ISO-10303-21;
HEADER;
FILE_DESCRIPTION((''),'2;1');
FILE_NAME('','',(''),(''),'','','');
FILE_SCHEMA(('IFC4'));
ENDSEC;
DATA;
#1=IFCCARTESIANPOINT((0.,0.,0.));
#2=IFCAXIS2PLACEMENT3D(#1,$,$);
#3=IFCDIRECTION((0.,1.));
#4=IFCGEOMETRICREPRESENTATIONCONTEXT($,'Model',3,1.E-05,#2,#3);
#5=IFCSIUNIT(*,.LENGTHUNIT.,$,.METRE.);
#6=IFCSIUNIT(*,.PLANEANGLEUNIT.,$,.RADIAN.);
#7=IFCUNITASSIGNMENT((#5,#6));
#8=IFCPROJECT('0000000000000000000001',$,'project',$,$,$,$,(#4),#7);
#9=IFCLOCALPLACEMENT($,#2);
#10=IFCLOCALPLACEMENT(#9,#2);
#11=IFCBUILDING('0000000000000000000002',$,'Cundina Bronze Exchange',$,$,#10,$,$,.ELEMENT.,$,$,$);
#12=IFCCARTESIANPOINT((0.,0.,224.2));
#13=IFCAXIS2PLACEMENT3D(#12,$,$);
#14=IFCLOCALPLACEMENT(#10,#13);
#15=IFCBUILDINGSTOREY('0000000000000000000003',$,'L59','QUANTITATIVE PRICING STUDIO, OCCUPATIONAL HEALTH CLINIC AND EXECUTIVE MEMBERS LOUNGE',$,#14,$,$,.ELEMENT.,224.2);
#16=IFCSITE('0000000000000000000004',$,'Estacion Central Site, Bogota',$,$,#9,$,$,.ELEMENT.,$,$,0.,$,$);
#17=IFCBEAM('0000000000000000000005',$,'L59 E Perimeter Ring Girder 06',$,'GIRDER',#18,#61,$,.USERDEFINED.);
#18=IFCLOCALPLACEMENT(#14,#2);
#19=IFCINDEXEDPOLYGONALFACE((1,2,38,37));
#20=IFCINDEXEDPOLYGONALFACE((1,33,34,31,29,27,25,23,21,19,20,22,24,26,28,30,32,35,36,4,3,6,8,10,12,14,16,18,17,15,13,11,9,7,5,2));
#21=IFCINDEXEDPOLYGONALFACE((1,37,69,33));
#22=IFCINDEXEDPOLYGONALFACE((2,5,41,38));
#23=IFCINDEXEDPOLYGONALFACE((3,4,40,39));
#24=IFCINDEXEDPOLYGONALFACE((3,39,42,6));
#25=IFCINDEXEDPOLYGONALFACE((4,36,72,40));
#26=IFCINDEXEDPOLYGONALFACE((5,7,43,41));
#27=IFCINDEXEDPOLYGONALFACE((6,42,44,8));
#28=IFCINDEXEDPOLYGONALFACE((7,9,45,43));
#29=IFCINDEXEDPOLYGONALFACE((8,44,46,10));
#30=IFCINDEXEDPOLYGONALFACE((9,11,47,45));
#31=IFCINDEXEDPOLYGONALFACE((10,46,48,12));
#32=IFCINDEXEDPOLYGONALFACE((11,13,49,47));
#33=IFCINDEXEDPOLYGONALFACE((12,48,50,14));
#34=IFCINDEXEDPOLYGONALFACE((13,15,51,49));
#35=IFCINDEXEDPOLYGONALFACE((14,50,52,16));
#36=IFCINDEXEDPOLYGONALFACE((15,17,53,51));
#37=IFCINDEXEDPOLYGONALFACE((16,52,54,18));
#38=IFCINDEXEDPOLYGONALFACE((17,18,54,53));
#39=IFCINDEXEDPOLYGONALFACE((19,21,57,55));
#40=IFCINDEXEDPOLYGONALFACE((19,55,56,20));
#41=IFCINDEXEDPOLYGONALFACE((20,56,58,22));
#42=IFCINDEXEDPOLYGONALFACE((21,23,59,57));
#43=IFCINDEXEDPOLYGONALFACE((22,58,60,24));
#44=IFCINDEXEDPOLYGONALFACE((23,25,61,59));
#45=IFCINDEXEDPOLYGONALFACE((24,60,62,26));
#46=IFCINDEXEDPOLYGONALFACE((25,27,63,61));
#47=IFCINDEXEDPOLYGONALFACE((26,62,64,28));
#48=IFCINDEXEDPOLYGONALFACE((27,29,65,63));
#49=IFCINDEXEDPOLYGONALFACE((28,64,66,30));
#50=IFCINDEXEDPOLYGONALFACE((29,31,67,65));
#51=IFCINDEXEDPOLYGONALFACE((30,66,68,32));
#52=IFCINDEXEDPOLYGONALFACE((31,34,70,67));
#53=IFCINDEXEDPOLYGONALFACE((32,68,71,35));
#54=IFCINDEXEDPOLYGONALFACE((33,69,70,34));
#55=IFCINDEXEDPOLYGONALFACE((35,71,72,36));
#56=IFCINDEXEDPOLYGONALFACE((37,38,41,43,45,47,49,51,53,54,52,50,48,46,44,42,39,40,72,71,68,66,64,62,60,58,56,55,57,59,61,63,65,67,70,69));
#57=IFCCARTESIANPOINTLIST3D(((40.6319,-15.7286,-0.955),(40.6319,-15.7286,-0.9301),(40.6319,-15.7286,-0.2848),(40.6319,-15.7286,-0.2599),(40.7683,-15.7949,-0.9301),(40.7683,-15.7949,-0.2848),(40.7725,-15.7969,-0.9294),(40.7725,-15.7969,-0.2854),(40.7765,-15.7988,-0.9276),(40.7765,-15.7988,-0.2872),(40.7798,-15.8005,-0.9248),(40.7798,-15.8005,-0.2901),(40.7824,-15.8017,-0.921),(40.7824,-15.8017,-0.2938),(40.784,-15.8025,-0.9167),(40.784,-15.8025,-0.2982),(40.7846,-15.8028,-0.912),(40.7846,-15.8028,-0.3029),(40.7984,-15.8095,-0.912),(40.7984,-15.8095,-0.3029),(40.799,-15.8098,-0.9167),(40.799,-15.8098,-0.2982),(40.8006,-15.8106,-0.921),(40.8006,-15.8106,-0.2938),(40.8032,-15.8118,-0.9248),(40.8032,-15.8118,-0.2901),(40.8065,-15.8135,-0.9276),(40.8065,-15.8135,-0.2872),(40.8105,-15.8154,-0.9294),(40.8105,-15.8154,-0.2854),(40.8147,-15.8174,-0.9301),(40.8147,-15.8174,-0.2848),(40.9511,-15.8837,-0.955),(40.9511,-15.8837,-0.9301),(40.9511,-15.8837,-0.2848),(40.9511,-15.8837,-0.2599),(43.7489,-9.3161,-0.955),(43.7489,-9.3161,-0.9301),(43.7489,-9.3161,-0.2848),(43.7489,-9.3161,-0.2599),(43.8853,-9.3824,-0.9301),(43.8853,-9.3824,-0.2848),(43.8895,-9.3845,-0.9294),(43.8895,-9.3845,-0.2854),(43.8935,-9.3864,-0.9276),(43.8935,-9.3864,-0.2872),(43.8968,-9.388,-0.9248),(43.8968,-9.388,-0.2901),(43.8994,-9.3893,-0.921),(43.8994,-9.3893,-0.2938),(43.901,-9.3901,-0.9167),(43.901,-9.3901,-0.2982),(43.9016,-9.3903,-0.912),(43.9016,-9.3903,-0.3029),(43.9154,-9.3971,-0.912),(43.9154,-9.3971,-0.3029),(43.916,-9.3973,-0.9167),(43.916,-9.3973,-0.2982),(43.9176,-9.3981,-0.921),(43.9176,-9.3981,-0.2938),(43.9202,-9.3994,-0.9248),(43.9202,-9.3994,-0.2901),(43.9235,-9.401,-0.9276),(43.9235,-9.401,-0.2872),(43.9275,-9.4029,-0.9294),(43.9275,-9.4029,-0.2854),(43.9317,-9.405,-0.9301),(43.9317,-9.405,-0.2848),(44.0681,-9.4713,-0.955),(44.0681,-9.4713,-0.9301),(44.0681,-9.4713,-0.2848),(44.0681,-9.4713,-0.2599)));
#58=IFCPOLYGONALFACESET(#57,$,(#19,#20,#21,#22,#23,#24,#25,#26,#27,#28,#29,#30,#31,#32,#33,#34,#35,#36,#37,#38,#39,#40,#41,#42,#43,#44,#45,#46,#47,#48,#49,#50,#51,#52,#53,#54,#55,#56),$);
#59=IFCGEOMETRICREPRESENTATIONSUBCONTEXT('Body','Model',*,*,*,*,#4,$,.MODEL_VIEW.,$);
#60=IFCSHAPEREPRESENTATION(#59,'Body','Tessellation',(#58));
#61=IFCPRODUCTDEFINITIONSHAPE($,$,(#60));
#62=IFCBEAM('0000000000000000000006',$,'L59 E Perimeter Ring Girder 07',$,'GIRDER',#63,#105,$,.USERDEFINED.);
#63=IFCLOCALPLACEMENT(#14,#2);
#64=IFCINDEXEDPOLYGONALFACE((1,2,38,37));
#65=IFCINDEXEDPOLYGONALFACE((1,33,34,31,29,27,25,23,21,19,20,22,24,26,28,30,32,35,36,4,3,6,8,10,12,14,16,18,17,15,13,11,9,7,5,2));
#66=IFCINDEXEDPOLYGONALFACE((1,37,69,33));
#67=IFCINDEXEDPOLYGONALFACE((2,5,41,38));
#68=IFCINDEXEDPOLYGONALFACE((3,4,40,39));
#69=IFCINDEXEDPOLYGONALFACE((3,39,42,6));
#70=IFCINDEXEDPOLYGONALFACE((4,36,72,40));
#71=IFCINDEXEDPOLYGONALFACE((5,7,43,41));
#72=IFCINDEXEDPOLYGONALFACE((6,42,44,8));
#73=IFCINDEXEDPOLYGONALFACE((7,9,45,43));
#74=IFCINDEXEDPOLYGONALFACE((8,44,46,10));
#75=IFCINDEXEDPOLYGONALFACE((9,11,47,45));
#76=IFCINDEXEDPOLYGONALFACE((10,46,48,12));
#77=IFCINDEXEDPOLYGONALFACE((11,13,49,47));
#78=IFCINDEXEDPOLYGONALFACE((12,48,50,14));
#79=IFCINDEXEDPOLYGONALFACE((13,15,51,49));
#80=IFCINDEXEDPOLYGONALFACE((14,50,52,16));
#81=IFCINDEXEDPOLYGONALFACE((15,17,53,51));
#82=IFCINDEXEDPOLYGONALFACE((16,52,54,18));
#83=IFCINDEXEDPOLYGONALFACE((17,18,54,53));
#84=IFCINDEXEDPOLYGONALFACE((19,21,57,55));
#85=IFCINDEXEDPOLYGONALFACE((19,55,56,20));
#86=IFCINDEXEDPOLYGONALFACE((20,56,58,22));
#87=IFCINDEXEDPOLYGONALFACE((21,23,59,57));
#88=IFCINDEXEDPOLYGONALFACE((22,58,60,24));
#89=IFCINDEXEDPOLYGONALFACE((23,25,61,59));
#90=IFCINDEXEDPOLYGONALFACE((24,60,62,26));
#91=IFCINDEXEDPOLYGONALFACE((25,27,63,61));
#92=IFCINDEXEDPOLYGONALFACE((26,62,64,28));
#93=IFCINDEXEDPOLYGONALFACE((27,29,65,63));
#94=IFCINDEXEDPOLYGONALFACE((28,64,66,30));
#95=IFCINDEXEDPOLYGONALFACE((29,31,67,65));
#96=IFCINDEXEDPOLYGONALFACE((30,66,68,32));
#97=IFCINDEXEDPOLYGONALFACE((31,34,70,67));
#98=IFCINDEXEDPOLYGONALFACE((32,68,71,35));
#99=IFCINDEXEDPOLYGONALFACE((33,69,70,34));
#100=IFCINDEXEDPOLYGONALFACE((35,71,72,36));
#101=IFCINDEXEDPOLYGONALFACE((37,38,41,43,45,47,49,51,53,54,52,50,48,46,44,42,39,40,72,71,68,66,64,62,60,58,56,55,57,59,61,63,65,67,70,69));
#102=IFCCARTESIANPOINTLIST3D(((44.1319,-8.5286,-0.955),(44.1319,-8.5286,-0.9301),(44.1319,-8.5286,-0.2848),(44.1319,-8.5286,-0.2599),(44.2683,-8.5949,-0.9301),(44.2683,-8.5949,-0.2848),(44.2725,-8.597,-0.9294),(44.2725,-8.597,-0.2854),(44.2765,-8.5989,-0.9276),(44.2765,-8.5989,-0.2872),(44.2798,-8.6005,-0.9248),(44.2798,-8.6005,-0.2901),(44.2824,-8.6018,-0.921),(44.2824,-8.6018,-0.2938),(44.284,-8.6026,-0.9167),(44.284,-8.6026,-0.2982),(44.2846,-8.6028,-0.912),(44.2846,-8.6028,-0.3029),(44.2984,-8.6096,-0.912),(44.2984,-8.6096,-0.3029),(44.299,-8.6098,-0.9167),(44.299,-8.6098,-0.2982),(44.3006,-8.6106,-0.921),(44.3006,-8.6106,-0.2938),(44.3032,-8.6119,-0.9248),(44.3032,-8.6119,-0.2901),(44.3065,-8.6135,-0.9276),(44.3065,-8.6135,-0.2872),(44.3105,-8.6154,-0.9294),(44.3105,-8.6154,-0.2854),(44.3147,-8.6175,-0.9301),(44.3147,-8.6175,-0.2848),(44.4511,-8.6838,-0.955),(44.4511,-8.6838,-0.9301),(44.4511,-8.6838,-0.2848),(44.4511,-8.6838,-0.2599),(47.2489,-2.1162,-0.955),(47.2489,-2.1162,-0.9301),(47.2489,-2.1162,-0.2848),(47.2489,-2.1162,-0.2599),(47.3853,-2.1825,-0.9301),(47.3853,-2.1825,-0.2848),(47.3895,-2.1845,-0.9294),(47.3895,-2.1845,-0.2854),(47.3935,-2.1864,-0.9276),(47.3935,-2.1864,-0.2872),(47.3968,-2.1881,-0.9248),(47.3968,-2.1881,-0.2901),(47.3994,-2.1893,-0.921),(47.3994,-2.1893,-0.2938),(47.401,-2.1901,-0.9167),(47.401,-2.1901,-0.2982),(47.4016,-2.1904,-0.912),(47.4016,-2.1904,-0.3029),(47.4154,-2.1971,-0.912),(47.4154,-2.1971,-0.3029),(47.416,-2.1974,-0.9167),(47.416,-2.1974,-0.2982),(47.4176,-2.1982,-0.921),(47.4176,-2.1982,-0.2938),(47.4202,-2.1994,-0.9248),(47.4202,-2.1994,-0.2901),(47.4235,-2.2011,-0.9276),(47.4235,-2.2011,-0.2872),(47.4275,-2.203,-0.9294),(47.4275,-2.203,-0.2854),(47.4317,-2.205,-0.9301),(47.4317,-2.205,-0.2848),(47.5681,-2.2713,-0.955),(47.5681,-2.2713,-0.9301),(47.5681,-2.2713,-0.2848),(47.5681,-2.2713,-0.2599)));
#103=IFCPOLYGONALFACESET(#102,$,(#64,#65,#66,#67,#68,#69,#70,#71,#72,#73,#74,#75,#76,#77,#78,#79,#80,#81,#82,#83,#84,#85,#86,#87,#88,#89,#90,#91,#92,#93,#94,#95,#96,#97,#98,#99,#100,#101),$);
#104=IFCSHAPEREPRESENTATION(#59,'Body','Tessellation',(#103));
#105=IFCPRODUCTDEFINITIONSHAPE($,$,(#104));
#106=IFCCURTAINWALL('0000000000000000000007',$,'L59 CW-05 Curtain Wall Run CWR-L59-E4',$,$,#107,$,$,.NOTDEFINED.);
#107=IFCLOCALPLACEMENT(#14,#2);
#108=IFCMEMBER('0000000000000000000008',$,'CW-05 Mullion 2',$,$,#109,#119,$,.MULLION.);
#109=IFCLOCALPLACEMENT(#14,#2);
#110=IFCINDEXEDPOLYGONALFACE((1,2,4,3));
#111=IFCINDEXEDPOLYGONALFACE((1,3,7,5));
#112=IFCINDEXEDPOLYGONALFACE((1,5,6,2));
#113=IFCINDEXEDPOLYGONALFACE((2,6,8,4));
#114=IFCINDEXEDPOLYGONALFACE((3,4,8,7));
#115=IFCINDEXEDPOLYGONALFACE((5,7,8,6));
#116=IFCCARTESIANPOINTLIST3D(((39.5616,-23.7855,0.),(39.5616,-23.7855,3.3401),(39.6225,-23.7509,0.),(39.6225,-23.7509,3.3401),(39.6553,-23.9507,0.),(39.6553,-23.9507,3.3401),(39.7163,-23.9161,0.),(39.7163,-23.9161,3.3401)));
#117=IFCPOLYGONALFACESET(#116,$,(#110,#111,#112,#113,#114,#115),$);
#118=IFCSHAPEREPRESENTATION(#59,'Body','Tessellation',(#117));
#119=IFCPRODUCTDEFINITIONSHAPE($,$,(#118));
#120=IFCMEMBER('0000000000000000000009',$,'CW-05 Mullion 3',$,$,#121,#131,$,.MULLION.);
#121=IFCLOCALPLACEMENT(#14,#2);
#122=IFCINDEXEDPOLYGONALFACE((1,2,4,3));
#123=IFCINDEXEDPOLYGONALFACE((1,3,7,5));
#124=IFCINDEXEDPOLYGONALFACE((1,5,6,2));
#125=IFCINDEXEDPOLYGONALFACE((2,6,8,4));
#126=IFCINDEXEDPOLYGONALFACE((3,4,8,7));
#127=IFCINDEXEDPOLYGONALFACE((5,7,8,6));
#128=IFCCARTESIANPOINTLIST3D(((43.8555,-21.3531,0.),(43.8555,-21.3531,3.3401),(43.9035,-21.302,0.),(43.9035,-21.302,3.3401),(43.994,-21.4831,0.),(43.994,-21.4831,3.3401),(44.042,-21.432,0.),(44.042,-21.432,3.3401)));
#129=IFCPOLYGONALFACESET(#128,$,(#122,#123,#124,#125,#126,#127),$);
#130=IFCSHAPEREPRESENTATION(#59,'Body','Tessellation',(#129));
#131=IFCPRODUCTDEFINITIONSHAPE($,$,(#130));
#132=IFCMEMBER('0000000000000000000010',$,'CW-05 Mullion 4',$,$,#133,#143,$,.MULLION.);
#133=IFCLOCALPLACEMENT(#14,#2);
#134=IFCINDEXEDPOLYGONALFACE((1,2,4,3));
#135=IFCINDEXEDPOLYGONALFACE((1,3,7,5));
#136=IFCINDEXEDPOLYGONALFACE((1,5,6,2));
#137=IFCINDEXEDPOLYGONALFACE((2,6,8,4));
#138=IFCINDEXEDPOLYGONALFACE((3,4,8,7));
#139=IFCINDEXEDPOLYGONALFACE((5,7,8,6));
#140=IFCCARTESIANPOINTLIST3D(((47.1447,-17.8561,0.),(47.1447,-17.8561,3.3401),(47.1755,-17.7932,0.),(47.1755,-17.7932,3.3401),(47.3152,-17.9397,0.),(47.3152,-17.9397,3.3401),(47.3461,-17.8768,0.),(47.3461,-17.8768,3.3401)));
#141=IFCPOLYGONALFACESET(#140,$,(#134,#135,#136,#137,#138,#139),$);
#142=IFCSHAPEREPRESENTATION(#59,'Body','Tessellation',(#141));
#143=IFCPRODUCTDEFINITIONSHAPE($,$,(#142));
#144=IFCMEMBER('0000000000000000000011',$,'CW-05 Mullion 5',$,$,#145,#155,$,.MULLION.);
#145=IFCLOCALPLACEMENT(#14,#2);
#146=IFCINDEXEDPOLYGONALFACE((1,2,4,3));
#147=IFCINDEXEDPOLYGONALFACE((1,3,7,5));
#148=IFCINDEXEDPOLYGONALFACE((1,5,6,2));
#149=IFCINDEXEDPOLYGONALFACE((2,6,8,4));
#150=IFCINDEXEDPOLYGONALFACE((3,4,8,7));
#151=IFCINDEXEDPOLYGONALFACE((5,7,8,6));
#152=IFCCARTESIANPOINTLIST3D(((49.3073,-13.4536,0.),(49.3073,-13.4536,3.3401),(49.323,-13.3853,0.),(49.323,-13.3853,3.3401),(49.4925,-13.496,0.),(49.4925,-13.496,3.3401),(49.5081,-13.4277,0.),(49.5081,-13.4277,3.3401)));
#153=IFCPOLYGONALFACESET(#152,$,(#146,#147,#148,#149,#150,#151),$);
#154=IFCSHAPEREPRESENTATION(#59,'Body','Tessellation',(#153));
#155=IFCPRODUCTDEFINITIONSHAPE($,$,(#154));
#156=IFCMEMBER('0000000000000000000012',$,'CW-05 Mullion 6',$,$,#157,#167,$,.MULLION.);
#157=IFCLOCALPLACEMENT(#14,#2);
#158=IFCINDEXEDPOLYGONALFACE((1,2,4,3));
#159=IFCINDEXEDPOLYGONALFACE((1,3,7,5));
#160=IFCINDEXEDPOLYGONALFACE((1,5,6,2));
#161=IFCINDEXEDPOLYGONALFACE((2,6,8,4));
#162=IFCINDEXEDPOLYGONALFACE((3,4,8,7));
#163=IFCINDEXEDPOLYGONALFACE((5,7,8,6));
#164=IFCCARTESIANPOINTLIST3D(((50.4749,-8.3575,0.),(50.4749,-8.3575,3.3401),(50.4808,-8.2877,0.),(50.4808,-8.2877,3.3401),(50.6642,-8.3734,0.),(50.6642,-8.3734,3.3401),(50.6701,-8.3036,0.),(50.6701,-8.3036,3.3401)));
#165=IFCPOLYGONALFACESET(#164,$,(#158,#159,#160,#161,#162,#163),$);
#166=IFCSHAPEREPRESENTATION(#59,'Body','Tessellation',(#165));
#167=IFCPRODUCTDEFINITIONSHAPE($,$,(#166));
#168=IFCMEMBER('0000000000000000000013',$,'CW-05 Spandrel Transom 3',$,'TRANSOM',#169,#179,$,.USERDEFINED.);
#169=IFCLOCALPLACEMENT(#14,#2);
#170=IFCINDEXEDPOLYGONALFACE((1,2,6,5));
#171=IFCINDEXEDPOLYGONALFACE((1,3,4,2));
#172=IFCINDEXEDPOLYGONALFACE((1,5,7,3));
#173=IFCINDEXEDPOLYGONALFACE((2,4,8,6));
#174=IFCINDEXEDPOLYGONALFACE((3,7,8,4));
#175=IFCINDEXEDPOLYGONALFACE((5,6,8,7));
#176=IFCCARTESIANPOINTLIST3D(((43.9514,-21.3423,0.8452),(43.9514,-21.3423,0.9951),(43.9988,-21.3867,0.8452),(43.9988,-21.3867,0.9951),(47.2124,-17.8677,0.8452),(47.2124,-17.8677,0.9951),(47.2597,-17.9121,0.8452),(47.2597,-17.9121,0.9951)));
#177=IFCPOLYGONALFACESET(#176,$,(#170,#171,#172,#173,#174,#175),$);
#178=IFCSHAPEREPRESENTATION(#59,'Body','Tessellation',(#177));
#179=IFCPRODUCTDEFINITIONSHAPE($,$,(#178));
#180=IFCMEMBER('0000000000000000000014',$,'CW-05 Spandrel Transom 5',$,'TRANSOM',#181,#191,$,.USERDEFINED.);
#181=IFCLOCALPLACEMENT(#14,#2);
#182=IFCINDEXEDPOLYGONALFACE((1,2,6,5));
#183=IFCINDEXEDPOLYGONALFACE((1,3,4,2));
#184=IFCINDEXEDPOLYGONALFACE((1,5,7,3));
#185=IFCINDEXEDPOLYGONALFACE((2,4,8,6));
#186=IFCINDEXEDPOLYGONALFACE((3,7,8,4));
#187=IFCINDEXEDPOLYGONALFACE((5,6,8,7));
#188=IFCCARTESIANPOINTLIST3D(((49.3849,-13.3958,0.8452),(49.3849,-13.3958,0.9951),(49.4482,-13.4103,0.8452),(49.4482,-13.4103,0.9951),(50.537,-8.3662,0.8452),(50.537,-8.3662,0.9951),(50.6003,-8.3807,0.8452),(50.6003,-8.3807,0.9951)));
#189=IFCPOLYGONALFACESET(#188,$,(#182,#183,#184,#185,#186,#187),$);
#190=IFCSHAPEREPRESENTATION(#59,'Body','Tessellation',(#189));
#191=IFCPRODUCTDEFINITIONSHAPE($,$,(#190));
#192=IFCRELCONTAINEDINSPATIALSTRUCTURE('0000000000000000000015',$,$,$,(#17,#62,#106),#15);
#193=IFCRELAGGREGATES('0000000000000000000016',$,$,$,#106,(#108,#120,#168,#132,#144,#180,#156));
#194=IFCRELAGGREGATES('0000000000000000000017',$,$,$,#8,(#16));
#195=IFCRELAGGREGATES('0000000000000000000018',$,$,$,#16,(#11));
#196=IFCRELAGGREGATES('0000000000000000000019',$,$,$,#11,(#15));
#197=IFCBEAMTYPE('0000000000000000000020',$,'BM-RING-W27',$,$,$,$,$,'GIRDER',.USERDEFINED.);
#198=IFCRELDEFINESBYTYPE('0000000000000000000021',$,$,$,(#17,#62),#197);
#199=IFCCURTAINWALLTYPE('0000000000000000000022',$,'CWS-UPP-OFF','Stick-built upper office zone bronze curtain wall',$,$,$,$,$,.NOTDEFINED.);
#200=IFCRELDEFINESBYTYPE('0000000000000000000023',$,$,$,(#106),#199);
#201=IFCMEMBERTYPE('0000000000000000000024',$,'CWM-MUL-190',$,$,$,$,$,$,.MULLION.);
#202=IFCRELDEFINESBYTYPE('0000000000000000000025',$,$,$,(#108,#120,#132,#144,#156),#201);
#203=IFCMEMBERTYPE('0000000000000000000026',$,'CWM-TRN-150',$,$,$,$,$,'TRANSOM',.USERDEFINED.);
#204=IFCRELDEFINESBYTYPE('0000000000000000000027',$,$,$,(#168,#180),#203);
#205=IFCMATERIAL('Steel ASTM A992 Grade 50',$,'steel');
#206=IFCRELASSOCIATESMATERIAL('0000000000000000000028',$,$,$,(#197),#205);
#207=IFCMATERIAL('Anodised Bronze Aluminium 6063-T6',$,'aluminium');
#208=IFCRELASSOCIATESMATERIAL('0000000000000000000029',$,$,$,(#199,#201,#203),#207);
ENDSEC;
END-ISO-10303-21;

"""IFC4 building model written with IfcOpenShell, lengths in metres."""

from ifc_helpers import new_model, si_unit, direction, frame, origin, origin_2d, place, context, subcontext, project, spatial, rectangle, i_section, extrude, material, material_profile, profile_set, type_object, element, aggregate, save


model = new_model("IFC4")

# Units and contexts
model_context = context("Model", 3, precision=1e-05, world=origin(), true_north=direction((0.0, 1.0)))
body_context = subcontext(model_context, "Body", "Model", "MODEL_VIEW")
ifc_project = project(units=[si_unit("LENGTHUNIT", "METRE"), si_unit("PLANEANGLEUNIT", "RADIAN")], contexts=[model_context])

# Site, building, storey
site_placement = place(None, origin())
site = spatial("IfcSite", under=ifc_project, at=site_placement, Name="Estacion Central Site, Bogota", CompositionType="ELEMENT", RefElevation=0.0)
building_placement = place(site_placement, origin())
building = spatial("IfcBuilding", under=site, at=building_placement, Name="Cundina Bronze Exchange", CompositionType="ELEMENT")
storey_placement = place(building_placement, frame((0.0, 0.0, 224.2)))
storey = spatial("IfcBuildingStorey", under=building, at=storey_placement, Name="L59", Description="QUANTITATIVE PRICING STUDIO, OCCUPATIONAL HEALTH CLINIC AND EXECUTIVE MEMBERS LOUNGE", CompositionType="ELEMENT", Elevation=224.2)

# Beams
ifc_material_1 = material(Name="Steel ASTM A992 Grade 50", Category="steel")
ifc_material_profile_1 = material_profile(ifc_material_1, i_section(OverallWidth=0.355, OverallDepth=0.6951, WebThickness=0.0154, FlangeThickness=0.0249, FilletRadius=0.0181, at=origin_2d()), Name="W27X146", Category="steel")
ifc_profile_set_1 = profile_set([ifc_material_profile_1], Name="Steel ASTM A992 Grade 50")
beam_type_1 = type_object("IfcBeamType", Name="BM-RING-W27", ElementType="GIRDER", PredefinedType="USERDEFINED", material=ifc_profile_set_1)
for number, where, z_axis, x_axis, name in (
    (1, (40.7915, -15.8062, -0.6074), (0.437173, 0.899377, 0.0), (-0.899377, 0.437173, 0.0), "L59 E Perimeter Ring Girder 06"),
    (2, (44.2915, -8.6062, -0.6074), (0.437173, 0.899377, 0.0), (-0.899377, 0.437173, 0.0), "L59 E Perimeter Ring Girder 07"),
):
    element("IfcBeam", number, at=place(storey_placement, frame(where, z_axis=z_axis, x_axis=x_axis)), inside=storey, type_object=beam_type_1, Name=name, ObjectType="GIRDER", PredefinedType="USERDEFINED", context=body_context, shape_type="SweptSolid", body=[
        extrude(i_section(OverallWidth=0.355, OverallDepth=0.6951, WebThickness=0.0154, FlangeThickness=0.0249, FilletRadius=0.0181, at=origin_2d()), origin(), (0.0, 0.0, 1.0), 7.1299),
    ])

# Curtain wall, members
ifc_material_2 = material(Name="Anodised Bronze Aluminium 6063-T6", Category="aluminium")
curtain_wall_type = type_object("IfcCurtainWallType", Name="CWS-UPP-OFF", Description="Stick-built upper office zone bronze curtain wall", PredefinedType="NOTDEFINED", material=ifc_material_2)
curtain_wall_placement = place(storey_placement, origin())
curtain_wall = element("IfcCurtainWall", 3, at=curtain_wall_placement, inside=storey, type_object=curtain_wall_type, Name="L59 CW-05 Curtain Wall Run CWR-L59-E4", PredefinedType="NOTDEFINED")
ifc_material_profile_2 = material_profile(ifc_material_2, rectangle(XDim=0.0701, YDim=0.1899, at=origin_2d()), Name="AL70X190", Category="aluminium")
ifc_profile_set_2 = profile_set([ifc_material_profile_2], Name="Anodised Bronze Aluminium 6063-T6")
member_type_1 = type_object("IfcMemberType", Name="CWM-MUL-190", PredefinedType="MULLION", material=ifc_profile_set_2)
member_1_placement = place(storey_placement, frame((39.6389, -23.8508, 0.0), z_axis=(0.0, 0.0, 1.0), x_axis=(0.869581, 0.49379, 0.0)))
member_1 = element("IfcMember", 4, at=member_1_placement, type_object=member_type_1, Name="CW-05 Mullion 2", PredefinedType="MULLION", context=body_context, shape_type="SweptSolid", body=[
    extrude(rectangle(XDim=0.0701, YDim=0.1899, at=origin_2d()), origin(), (0.0, 0.0, 1.0), 3.3401),
])
member_2_placement = place(storey_placement, frame((43.9487, -21.3926, 0.0), z_axis=(0.0, 0.0, 1.0), x_axis=(0.684293, 0.729208, 0.0)))
member_2 = element("IfcMember", 5, at=member_2_placement, type_object=member_type_1, Name="CW-05 Mullion 3", PredefinedType="MULLION", context=body_context, shape_type="SweptSolid", body=[
    extrude(rectangle(XDim=0.0701, YDim=0.1899, at=origin_2d()), origin(), (0.0, 0.0, 1.0), 3.3401),
])
member_3_placement = place(storey_placement, frame((47.2454, -17.8665, 0.0), z_axis=(0.0, 0.0, 1.0), x_axis=(0.440566, 0.89772, 0.0)))
member_3 = element("IfcMember", 6, at=member_3_placement, type_object=member_type_1, Name="CW-05 Mullion 4", PredefinedType="MULLION", context=body_context, shape_type="SweptSolid", body=[
    extrude(rectangle(XDim=0.0701, YDim=0.1899, at=origin_2d()), origin(), (0.0, 0.0, 1.0), 3.3401),
])
member_4_placement = place(storey_placement, frame((49.4077, -13.4407, 0.0), z_axis=(0.0, 0.0, 1.0), x_axis=(0.22325, 0.974761, 0.0)))
member_4 = element("IfcMember", 7, at=member_4_placement, type_object=member_type_1, Name="CW-05 Mullion 5", PredefinedType="MULLION", context=body_context, shape_type="SweptSolid", body=[
    extrude(rectangle(XDim=0.0701, YDim=0.1899, at=origin_2d()), origin(), (0.0, 0.0, 1.0), 3.3401),
])
member_5_placement = place(storey_placement, frame((50.5725, -8.3306, 0.0), z_axis=(0.0, 0.0, 1.0), x_axis=(0.083678, 0.996493, 0.0)))
member_5 = element("IfcMember", 8, at=member_5_placement, type_object=member_type_1, Name="CW-05 Mullion 6", PredefinedType="MULLION", context=body_context, shape_type="SweptSolid", body=[
    extrude(rectangle(XDim=0.0701, YDim=0.1899, at=origin_2d()), origin(), (0.0, 0.0, 1.0), 3.3401),
])
ifc_material_profile_3 = material_profile(ifc_material_2, rectangle(XDim=0.0649, YDim=0.1499, at=origin_2d()), Name="AL65X150", Category="aluminium")
ifc_profile_set_3 = profile_set([ifc_material_profile_3], Name="Anodised Bronze Aluminium 6063-T6")
member_type_2 = type_object("IfcMemberType", Name="CWM-TRN-150", ElementType="TRANSOM", PredefinedType="USERDEFINED", material=ifc_profile_set_3)
member_6_placement = place(storey_placement, frame((43.9751, -21.3645, 0.9202), z_axis=(0.684336, 0.729166, 0.0), x_axis=(-0.729166, 0.684336, 0.0)))
member_6 = element("IfcMember", 9, at=member_6_placement, type_object=member_type_2, Name="CW-05 Spandrel Transom 3", ObjectType="TRANSOM", PredefinedType="USERDEFINED", context=body_context, shape_type="SweptSolid", body=[
    extrude(rectangle(XDim=0.0649, YDim=0.1499, at=origin_2d()), origin(), (0.0, 0.0, 1.0), 4.7651),
])
member_7_placement = place(storey_placement, frame((49.4165, -13.4031, 0.9202), z_axis=(0.223283, 0.974754, 0.0), x_axis=(-0.974754, 0.223283, 0.0)))
member_7 = element("IfcMember", 10, at=member_7_placement, type_object=member_type_2, Name="CW-05 Spandrel Transom 5", ObjectType="TRANSOM", PredefinedType="USERDEFINED", context=body_context, shape_type="SweptSolid", body=[
    extrude(rectangle(XDim=0.0649, YDim=0.1499, at=origin_2d()), origin(), (0.0, 0.0, 1.0), 5.1599),
])
aggregate(curtain_wall, [member_1, member_2, member_6, member_3, member_4, member_7, member_5])

save(model, "model.ifc")
